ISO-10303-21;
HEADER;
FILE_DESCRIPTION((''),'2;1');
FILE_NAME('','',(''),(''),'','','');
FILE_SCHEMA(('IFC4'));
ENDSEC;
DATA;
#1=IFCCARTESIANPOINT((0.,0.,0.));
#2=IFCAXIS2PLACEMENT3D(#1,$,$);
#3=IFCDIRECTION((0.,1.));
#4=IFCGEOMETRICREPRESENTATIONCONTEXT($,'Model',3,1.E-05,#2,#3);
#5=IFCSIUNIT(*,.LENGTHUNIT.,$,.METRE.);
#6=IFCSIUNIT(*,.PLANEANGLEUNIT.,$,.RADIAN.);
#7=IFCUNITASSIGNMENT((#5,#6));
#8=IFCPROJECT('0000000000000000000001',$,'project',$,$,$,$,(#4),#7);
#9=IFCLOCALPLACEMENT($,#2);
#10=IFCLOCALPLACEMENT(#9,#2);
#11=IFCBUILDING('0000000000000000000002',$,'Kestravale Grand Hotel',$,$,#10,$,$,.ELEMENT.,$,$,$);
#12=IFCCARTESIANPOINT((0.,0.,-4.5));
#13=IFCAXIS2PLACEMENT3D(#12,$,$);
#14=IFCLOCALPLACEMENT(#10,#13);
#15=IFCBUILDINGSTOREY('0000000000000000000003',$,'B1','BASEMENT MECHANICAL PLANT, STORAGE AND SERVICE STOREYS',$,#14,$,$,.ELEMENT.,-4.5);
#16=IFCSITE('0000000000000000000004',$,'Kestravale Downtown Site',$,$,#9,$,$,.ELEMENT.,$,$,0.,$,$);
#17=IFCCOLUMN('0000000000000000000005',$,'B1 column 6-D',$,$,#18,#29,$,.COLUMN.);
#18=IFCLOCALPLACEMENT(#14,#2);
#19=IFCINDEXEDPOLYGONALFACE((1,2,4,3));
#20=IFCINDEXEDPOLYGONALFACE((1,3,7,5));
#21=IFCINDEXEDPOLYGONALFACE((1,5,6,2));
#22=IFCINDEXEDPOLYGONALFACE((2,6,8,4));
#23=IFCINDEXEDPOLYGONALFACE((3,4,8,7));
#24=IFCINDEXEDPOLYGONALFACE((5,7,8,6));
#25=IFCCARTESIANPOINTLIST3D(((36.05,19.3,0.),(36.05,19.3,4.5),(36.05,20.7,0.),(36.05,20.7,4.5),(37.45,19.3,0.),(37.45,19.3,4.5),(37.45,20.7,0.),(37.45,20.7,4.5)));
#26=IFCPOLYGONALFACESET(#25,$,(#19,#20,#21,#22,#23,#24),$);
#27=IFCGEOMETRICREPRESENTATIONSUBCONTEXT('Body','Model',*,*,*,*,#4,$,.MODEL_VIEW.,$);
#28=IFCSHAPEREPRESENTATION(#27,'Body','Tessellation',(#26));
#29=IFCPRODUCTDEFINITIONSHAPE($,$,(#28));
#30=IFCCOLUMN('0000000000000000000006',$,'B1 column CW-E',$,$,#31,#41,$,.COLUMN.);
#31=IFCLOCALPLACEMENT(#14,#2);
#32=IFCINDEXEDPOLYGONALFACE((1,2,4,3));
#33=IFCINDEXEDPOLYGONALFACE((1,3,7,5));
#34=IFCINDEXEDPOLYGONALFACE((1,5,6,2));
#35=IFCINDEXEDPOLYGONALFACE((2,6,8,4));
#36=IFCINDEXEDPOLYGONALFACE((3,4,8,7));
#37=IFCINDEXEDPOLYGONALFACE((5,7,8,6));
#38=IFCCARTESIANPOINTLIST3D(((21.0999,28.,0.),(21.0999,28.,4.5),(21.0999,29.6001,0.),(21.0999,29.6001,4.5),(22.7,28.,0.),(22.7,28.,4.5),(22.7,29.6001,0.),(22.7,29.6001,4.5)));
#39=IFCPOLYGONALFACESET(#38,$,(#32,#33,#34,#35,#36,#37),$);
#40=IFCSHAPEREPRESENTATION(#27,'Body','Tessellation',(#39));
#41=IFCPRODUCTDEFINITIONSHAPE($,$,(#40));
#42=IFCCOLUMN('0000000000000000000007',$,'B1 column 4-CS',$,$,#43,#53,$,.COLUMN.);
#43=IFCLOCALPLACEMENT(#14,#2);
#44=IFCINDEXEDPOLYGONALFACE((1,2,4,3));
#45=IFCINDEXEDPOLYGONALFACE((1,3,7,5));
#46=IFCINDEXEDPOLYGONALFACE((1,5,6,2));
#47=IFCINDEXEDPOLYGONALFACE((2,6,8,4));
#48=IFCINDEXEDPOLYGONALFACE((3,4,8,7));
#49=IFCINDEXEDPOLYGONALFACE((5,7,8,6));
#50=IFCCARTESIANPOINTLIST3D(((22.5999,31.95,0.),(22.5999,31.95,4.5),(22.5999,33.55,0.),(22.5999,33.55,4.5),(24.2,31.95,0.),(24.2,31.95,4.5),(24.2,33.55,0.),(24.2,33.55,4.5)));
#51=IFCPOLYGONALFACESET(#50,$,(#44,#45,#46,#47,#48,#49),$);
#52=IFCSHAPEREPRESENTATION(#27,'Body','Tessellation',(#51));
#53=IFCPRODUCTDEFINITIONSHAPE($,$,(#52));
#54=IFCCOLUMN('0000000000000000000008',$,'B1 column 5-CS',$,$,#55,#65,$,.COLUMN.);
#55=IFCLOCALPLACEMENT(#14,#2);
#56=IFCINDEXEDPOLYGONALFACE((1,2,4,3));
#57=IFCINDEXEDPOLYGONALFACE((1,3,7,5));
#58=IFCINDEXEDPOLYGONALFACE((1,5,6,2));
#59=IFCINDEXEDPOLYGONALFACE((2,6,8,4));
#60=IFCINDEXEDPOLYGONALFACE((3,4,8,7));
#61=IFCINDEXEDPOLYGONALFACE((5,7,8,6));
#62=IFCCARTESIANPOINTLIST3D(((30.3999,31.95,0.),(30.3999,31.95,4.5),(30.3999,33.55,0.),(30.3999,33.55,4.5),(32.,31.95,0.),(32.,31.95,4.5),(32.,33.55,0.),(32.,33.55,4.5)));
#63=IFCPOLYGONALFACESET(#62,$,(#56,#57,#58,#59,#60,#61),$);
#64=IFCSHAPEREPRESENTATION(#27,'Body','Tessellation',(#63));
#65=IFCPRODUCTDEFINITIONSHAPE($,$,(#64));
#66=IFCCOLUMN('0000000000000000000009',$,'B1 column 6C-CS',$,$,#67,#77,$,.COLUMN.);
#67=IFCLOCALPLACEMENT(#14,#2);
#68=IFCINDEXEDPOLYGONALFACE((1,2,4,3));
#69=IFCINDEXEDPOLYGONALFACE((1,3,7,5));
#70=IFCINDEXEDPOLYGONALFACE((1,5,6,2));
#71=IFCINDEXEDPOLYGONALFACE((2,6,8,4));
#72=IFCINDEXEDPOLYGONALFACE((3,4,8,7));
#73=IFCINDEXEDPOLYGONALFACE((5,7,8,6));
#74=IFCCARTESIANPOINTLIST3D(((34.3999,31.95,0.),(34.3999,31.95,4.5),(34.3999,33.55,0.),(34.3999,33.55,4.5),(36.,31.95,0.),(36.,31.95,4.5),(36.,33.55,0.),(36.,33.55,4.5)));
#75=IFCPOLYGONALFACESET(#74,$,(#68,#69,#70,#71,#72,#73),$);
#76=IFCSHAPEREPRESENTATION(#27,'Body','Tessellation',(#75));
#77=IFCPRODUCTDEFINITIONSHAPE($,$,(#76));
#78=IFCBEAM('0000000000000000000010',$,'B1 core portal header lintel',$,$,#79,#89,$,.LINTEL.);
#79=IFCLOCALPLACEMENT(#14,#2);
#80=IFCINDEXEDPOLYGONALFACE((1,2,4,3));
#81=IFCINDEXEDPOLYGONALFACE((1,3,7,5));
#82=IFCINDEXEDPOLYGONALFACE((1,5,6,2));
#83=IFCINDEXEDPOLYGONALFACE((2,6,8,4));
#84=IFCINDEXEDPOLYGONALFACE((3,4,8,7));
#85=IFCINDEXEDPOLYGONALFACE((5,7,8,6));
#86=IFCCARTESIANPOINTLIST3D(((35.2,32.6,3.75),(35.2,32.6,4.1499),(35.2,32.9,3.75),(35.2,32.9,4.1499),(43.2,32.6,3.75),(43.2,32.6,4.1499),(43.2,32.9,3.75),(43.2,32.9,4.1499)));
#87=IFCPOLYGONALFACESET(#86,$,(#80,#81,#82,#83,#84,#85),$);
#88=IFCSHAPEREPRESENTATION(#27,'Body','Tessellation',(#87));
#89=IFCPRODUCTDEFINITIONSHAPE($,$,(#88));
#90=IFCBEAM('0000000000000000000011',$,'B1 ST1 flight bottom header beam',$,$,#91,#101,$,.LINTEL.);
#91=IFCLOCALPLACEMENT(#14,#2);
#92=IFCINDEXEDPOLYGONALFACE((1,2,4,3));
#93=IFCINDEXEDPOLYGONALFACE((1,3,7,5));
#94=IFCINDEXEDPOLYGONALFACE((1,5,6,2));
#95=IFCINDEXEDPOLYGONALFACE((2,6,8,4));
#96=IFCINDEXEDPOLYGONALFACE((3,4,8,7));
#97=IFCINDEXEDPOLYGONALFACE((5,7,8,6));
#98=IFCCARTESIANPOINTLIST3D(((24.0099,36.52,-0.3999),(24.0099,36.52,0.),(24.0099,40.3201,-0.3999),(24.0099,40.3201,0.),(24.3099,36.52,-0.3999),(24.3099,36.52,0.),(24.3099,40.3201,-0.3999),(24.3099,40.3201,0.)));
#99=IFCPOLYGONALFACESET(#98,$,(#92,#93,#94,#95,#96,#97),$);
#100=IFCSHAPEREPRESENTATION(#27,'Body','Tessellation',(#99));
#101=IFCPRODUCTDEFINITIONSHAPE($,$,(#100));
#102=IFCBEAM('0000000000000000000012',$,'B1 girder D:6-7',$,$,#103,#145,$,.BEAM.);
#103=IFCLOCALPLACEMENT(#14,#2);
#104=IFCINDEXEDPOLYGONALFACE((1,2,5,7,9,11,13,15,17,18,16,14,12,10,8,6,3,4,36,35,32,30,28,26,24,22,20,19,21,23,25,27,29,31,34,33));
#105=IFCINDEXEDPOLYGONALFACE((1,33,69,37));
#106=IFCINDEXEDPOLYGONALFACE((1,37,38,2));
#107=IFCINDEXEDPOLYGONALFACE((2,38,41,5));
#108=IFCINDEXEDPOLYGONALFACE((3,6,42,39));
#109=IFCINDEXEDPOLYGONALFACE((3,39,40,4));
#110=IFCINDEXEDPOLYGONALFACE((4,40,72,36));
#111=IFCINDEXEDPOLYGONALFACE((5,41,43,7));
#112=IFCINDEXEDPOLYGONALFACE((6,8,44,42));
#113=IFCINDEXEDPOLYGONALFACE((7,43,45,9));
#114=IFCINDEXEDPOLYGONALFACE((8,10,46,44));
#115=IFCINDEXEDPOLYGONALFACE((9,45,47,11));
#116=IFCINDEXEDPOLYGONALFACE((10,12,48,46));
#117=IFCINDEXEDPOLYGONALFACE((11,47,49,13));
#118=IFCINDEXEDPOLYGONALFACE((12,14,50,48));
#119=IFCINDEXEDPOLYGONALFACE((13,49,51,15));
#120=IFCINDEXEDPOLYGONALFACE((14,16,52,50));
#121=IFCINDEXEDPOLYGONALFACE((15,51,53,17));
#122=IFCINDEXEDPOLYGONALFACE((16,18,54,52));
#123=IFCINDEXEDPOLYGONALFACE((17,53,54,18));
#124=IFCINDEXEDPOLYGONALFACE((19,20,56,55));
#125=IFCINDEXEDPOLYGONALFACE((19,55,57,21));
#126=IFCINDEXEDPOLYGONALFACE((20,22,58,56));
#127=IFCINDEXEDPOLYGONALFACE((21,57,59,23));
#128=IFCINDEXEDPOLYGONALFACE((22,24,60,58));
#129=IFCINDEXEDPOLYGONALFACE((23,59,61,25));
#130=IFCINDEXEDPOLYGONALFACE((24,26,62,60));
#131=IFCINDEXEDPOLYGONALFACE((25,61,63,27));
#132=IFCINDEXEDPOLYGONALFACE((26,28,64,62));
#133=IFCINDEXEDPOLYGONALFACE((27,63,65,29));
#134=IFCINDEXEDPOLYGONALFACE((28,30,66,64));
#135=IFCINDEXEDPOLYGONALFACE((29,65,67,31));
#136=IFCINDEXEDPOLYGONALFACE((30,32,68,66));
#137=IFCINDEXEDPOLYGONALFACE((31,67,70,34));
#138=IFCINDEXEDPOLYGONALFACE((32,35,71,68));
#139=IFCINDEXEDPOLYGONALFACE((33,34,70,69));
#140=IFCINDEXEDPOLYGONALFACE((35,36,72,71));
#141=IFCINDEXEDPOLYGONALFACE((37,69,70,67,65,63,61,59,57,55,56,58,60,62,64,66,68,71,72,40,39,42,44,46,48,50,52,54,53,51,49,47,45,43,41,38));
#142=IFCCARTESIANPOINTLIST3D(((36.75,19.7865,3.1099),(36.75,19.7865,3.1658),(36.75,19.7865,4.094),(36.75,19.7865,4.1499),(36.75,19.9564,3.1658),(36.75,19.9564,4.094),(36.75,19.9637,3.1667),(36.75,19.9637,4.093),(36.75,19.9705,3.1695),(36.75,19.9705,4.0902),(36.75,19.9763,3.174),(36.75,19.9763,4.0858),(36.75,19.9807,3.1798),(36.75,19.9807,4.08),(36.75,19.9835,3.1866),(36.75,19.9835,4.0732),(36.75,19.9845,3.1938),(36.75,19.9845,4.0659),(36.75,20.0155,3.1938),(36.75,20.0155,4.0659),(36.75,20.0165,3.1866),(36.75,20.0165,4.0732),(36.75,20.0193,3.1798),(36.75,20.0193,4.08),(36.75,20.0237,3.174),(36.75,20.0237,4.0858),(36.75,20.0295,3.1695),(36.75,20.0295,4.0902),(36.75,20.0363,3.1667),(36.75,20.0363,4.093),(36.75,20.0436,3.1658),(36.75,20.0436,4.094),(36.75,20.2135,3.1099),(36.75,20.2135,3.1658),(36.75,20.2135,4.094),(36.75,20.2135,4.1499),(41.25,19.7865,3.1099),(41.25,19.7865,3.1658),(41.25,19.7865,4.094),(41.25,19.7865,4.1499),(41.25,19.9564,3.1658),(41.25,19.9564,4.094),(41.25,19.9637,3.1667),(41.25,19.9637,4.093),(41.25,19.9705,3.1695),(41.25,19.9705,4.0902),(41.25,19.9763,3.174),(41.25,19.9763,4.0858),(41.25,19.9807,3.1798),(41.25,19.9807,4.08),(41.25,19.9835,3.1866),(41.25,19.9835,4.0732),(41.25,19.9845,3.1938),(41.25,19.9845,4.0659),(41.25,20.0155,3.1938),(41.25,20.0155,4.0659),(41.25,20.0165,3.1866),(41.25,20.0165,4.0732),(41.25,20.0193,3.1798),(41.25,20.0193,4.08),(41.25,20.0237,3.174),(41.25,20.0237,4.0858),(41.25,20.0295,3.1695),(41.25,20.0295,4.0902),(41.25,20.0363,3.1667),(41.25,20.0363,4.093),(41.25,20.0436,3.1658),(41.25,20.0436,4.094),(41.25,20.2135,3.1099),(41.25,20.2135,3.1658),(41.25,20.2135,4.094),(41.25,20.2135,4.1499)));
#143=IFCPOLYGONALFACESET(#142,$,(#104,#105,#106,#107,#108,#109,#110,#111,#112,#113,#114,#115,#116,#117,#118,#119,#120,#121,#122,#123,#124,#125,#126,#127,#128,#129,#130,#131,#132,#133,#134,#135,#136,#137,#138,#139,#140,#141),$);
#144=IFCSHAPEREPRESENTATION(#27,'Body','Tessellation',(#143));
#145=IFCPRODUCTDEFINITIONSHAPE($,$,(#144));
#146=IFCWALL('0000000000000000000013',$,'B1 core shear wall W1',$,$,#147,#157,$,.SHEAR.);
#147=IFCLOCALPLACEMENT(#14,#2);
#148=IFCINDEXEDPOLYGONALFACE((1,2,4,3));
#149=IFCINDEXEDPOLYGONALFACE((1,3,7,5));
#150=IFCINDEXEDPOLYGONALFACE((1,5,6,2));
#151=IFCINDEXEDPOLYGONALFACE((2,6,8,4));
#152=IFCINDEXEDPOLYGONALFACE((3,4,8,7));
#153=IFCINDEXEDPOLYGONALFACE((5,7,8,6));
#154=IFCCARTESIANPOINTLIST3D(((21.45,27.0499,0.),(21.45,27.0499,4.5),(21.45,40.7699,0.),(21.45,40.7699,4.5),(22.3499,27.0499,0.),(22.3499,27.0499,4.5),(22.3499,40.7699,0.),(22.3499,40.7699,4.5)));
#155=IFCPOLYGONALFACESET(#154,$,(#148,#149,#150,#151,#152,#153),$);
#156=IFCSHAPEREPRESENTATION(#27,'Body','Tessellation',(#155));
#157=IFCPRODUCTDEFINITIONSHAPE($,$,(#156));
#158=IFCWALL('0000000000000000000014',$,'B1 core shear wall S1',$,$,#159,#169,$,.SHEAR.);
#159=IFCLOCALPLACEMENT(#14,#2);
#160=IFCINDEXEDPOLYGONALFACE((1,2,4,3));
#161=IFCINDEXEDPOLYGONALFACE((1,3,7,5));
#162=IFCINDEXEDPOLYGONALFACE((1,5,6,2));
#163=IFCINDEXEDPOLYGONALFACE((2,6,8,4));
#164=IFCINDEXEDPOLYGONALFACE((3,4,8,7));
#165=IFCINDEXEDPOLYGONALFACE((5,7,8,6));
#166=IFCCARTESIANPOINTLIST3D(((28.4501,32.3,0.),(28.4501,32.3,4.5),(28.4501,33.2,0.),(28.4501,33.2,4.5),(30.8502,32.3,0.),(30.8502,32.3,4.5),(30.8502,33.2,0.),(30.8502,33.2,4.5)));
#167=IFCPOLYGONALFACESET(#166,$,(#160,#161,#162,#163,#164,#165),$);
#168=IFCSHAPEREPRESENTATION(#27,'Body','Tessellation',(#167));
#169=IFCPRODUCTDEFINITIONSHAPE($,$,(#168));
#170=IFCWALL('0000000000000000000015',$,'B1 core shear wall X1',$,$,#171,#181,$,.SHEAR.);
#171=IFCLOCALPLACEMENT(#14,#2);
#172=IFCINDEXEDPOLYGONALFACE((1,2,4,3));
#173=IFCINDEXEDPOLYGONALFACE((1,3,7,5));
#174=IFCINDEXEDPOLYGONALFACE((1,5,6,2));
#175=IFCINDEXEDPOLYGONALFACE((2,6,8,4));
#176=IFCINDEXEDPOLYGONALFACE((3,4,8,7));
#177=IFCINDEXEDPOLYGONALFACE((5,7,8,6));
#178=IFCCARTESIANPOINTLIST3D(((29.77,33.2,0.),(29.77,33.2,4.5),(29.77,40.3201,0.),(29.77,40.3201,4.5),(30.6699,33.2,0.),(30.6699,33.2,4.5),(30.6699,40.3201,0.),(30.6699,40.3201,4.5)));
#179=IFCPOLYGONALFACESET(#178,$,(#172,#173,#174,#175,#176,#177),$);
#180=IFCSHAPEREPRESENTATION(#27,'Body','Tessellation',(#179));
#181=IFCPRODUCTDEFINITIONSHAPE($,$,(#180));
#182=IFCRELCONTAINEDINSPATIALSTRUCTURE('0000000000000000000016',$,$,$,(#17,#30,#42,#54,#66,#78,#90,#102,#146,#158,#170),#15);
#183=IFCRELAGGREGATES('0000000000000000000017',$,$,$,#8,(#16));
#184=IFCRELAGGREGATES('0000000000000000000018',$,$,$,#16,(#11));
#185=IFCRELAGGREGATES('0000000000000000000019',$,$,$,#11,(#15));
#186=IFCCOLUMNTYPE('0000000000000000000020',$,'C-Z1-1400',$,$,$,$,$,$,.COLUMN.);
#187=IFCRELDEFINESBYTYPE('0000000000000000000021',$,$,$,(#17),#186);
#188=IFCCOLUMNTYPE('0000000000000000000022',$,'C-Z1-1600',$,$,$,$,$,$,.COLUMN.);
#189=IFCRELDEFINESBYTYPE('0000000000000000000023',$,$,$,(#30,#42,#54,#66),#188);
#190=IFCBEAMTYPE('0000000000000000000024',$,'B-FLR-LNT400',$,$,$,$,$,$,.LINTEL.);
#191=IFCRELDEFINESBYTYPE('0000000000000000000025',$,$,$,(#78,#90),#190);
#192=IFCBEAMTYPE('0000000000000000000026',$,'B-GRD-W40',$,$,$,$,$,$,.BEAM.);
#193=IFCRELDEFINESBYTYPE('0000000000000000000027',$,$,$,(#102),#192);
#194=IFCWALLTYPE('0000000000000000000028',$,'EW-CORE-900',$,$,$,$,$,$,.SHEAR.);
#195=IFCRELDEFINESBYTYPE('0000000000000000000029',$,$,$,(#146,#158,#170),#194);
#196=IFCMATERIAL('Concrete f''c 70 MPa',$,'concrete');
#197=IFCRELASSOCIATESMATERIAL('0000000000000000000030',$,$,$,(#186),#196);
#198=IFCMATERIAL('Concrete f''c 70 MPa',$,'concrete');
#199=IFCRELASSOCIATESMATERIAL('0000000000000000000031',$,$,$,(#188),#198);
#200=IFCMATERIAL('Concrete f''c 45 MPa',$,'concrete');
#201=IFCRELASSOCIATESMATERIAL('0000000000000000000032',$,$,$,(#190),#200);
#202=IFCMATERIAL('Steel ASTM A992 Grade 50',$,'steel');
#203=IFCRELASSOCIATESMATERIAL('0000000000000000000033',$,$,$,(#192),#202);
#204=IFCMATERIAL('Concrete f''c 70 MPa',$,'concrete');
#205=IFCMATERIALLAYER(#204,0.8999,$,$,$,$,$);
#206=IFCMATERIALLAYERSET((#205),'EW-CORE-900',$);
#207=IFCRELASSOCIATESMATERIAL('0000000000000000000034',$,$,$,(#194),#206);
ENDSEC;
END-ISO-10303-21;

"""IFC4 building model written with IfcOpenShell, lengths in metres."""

from ifc_helpers import new_model, si_unit, direction, frame, frame_2d, origin, origin_2d, place, context, subcontext, project, spatial, rectangle, i_section, extrude, material, layer, layer_set, material_profile, profile_set, type_object, element, save


model = new_model("IFC4")

# Units and contexts
model_context = context("Model", 3, precision=1e-05, world=origin(), true_north=direction((0.0, 1.0)))
body_context = subcontext(model_context, "Body", "Model", "MODEL_VIEW")
ifc_project = project(units=[si_unit("LENGTHUNIT", "METRE"), si_unit("PLANEANGLEUNIT", "RADIAN")], contexts=[model_context])

# Site, building, storey
site_placement = place(None, origin())
site = spatial("IfcSite", under=ifc_project, at=site_placement, Name="Kestravale Downtown Site", CompositionType="ELEMENT", RefElevation=0.0)
building_placement = place(site_placement, origin())
building = spatial("IfcBuilding", under=site, at=building_placement, Name="Kestravale Grand Hotel", CompositionType="ELEMENT")
storey_placement = place(building_placement, frame((0.0, 0.0, -4.5)))
storey = spatial("IfcBuildingStorey", under=building, at=storey_placement, Name="B1", Description="BASEMENT MECHANICAL PLANT, STORAGE AND SERVICE STOREYS", CompositionType="ELEMENT", Elevation=-4.5)

# Columns
ifc_material_1 = material(Name="Concrete f'c 70 MPa", Category="concrete")
ifc_material_profile_1 = material_profile(ifc_material_1, rectangle(XDim=1.3999, YDim=1.3999, at=origin_2d()))
ifc_profile_set_1 = profile_set([ifc_material_profile_1], Name="Concrete f'c 70 MPa")
column_type_1 = type_object("IfcColumnType", Name="C-Z1-1400", PredefinedType="COLUMN", material=ifc_profile_set_1)
column_placement = place(storey_placement, frame((36.75, 20.0, 0.0), z_axis=(0.0, 0.0, 1.0), x_axis=(1.0, 0.0, 0.0)))
element("IfcColumn", 1, at=column_placement, inside=storey, type_object=column_type_1, Name="B1 column 6-D", PredefinedType="COLUMN", context=body_context, shape_type="SweptSolid", body=[
    extrude(rectangle(XDim=1.3999, YDim=1.3999, at=origin_2d()), origin(), (0.0, 0.0, 1.0), 4.5),
])
ifc_material_2 = material(Name="Concrete f'c 70 MPa", Category="concrete")
ifc_material_profile_2 = material_profile(ifc_material_2, rectangle(XDim=1.6001, YDim=1.6001, at=origin_2d()))
ifc_profile_set_2 = profile_set([ifc_material_profile_2], Name="Concrete f'c 70 MPa")
column_type_2 = type_object("IfcColumnType", Name="C-Z1-1600", PredefinedType="COLUMN", material=ifc_profile_set_2)
for number, where, z_axis, x_axis, name in (
    (2, (21.8999, 28.8, 0.0), (0.0, 0.0, 1.0), (1.0, 0.0, 0.0), "B1 column CW-E"),
    (3, (23.3999, 32.75, 0.0), (0.0, 0.0, 1.0), (1.0, 0.0, 0.0), "B1 column 4-CS"),
    (4, (31.2, 32.75, 0.0), (0.0, 0.0, 1.0), (1.0, 0.0, 0.0), "B1 column 5-CS"),
    (5, (35.2, 32.75, 0.0), (0.0, 0.0, 1.0), (1.0, 0.0, 0.0), "B1 column 6C-CS"),
):
    element("IfcColumn", number, at=place(storey_placement, frame(where, z_axis=z_axis, x_axis=x_axis)), inside=storey, type_object=column_type_2, Name=name, PredefinedType="COLUMN", context=body_context, shape_type="SweptSolid", body=[
        extrude(rectangle(XDim=1.6001, YDim=1.6001, at=origin_2d()), origin(), (0.0, 0.0, 1.0), 4.5),
    ])

# Beams
ifc_material_3 = material(Name="Concrete f'c 45 MPa", Category="concrete")
ifc_material_profile_3 = material_profile(ifc_material_3, rectangle(XDim=0.3, YDim=0.3999, at=origin_2d()))
ifc_profile_set_3 = profile_set([ifc_material_profile_3], Name="Concrete f'c 45 MPa")
beam_type_1 = type_object("IfcBeamType", Name="B-FLR-LNT400", PredefinedType="LINTEL", material=ifc_profile_set_3)
beam_1_placement = place(storey_placement, frame((35.2, 32.75, 3.95), z_axis=(1.0, 0.0, 0.0), x_axis=(0.0, 1.0, 0.0)))
element("IfcBeam", 6, at=beam_1_placement, inside=storey, type_object=beam_type_1, Name="B1 core portal header lintel", PredefinedType="LINTEL", context=body_context, shape_type="SweptSolid", body=[
    extrude(rectangle(XDim=0.3, YDim=0.3999, at=origin_2d()), origin(), (0.0, 0.0, 1.0), 8.0),
])
beam_2_placement = place(storey_placement, frame((24.1599, 36.52, -0.2), z_axis=(0.0, 1.0, 0.0), x_axis=(-1.0, 0.0, 0.0)))
element("IfcBeam", 7, at=beam_2_placement, inside=storey, type_object=beam_type_1, Name="B1 ST1 flight bottom header beam", PredefinedType="LINTEL", context=body_context, shape_type="SweptSolid", body=[
    extrude(rectangle(XDim=0.3, YDim=0.3999, at=origin_2d()), origin(), (0.0, 0.0, 1.0), 3.8),
])
ifc_material_4 = material(Name="Steel ASTM A992 Grade 50", Category="steel")
ifc_material_profile_4 = material_profile(ifc_material_4, i_section(OverallWidth=0.427, OverallDepth=1.04, WebThickness=0.031, FlangeThickness=0.0559, FilletRadius=0.0281, at=origin_2d()))
ifc_profile_set_4 = profile_set([ifc_material_profile_4], Name="Steel ASTM A992 Grade 50")
beam_type_2 = type_object("IfcBeamType", Name="B-GRD-W40", PredefinedType="BEAM", material=ifc_profile_set_4)
beam_3_placement = place(storey_placement, frame((36.75, 20.0, 3.6299), z_axis=(1.0, 0.0, 0.0), x_axis=(0.0, 1.0, 0.0)))
element("IfcBeam", 8, at=beam_3_placement, inside=storey, type_object=beam_type_2, Name="B1 girder D:6-7", PredefinedType="BEAM", context=body_context, shape_type="SweptSolid", body=[
    extrude(i_section(OverallWidth=0.427, OverallDepth=1.04, WebThickness=0.031, FlangeThickness=0.0559, FilletRadius=0.0281, at=origin_2d()), origin(), (0.0, 0.0, 1.0), 4.5),
])

# Walls
ifc_material_5 = material(Name="Concrete f'c 70 MPa", Category="concrete")
ifc_layer_1 = layer(ifc_material_5, 0.8999)
ifc_layer_set_1 = layer_set([ifc_layer_1], Name="EW-CORE-900")
wall_type_1 = type_object("IfcWallType", Name="EW-CORE-900", PredefinedType="SHEAR", material=ifc_layer_set_1)
wall_1_placement = place(storey_placement, frame((21.8999, 27.05, 0.0), z_axis=(0.0, 0.0, 1.0), x_axis=(0.0, 1.0, 0.0)))
element("IfcWall", 9, at=wall_1_placement, inside=storey, type_object=wall_type_1, Name="B1 core shear wall W1", PredefinedType="SHEAR", context=body_context, shape_type="SweptSolid", body=[
    extrude(rectangle(XDim=13.72, YDim=0.8999, at=frame_2d((6.8599, 0.0))), origin(), (0.0, 0.0, 1.0), 4.5),
])
wall_2_placement = place(storey_placement, frame((28.45, 32.75, 0.0), z_axis=(0.0, 0.0, 1.0), x_axis=(1.0, 0.0, 0.0)))
element("IfcWall", 10, at=wall_2_placement, inside=storey, type_object=wall_type_1, Name="B1 core shear wall S1", PredefinedType="SHEAR", context=body_context, shape_type="SweptSolid", body=[
    extrude(rectangle(XDim=2.4001, YDim=0.8999, at=frame_2d((1.2002, 0.0))), origin(), (0.0, 0.0, 1.0), 4.5),
])
wall_3_placement = place(storey_placement, frame((30.22, 33.2, 0.0), z_axis=(0.0, 0.0, 1.0), x_axis=(0.0, 1.0, 0.0)))
element("IfcWall", 11, at=wall_3_placement, inside=storey, type_object=wall_type_1, Name="B1 core shear wall X1", PredefinedType="SHEAR", context=body_context, shape_type="SweptSolid", body=[
    extrude(rectangle(XDim=7.1201, YDim=0.8999, at=frame_2d((3.5601, 0.0))), origin(), (0.0, 0.0, 1.0), 4.5),
])

save(model, "model.ifc")
